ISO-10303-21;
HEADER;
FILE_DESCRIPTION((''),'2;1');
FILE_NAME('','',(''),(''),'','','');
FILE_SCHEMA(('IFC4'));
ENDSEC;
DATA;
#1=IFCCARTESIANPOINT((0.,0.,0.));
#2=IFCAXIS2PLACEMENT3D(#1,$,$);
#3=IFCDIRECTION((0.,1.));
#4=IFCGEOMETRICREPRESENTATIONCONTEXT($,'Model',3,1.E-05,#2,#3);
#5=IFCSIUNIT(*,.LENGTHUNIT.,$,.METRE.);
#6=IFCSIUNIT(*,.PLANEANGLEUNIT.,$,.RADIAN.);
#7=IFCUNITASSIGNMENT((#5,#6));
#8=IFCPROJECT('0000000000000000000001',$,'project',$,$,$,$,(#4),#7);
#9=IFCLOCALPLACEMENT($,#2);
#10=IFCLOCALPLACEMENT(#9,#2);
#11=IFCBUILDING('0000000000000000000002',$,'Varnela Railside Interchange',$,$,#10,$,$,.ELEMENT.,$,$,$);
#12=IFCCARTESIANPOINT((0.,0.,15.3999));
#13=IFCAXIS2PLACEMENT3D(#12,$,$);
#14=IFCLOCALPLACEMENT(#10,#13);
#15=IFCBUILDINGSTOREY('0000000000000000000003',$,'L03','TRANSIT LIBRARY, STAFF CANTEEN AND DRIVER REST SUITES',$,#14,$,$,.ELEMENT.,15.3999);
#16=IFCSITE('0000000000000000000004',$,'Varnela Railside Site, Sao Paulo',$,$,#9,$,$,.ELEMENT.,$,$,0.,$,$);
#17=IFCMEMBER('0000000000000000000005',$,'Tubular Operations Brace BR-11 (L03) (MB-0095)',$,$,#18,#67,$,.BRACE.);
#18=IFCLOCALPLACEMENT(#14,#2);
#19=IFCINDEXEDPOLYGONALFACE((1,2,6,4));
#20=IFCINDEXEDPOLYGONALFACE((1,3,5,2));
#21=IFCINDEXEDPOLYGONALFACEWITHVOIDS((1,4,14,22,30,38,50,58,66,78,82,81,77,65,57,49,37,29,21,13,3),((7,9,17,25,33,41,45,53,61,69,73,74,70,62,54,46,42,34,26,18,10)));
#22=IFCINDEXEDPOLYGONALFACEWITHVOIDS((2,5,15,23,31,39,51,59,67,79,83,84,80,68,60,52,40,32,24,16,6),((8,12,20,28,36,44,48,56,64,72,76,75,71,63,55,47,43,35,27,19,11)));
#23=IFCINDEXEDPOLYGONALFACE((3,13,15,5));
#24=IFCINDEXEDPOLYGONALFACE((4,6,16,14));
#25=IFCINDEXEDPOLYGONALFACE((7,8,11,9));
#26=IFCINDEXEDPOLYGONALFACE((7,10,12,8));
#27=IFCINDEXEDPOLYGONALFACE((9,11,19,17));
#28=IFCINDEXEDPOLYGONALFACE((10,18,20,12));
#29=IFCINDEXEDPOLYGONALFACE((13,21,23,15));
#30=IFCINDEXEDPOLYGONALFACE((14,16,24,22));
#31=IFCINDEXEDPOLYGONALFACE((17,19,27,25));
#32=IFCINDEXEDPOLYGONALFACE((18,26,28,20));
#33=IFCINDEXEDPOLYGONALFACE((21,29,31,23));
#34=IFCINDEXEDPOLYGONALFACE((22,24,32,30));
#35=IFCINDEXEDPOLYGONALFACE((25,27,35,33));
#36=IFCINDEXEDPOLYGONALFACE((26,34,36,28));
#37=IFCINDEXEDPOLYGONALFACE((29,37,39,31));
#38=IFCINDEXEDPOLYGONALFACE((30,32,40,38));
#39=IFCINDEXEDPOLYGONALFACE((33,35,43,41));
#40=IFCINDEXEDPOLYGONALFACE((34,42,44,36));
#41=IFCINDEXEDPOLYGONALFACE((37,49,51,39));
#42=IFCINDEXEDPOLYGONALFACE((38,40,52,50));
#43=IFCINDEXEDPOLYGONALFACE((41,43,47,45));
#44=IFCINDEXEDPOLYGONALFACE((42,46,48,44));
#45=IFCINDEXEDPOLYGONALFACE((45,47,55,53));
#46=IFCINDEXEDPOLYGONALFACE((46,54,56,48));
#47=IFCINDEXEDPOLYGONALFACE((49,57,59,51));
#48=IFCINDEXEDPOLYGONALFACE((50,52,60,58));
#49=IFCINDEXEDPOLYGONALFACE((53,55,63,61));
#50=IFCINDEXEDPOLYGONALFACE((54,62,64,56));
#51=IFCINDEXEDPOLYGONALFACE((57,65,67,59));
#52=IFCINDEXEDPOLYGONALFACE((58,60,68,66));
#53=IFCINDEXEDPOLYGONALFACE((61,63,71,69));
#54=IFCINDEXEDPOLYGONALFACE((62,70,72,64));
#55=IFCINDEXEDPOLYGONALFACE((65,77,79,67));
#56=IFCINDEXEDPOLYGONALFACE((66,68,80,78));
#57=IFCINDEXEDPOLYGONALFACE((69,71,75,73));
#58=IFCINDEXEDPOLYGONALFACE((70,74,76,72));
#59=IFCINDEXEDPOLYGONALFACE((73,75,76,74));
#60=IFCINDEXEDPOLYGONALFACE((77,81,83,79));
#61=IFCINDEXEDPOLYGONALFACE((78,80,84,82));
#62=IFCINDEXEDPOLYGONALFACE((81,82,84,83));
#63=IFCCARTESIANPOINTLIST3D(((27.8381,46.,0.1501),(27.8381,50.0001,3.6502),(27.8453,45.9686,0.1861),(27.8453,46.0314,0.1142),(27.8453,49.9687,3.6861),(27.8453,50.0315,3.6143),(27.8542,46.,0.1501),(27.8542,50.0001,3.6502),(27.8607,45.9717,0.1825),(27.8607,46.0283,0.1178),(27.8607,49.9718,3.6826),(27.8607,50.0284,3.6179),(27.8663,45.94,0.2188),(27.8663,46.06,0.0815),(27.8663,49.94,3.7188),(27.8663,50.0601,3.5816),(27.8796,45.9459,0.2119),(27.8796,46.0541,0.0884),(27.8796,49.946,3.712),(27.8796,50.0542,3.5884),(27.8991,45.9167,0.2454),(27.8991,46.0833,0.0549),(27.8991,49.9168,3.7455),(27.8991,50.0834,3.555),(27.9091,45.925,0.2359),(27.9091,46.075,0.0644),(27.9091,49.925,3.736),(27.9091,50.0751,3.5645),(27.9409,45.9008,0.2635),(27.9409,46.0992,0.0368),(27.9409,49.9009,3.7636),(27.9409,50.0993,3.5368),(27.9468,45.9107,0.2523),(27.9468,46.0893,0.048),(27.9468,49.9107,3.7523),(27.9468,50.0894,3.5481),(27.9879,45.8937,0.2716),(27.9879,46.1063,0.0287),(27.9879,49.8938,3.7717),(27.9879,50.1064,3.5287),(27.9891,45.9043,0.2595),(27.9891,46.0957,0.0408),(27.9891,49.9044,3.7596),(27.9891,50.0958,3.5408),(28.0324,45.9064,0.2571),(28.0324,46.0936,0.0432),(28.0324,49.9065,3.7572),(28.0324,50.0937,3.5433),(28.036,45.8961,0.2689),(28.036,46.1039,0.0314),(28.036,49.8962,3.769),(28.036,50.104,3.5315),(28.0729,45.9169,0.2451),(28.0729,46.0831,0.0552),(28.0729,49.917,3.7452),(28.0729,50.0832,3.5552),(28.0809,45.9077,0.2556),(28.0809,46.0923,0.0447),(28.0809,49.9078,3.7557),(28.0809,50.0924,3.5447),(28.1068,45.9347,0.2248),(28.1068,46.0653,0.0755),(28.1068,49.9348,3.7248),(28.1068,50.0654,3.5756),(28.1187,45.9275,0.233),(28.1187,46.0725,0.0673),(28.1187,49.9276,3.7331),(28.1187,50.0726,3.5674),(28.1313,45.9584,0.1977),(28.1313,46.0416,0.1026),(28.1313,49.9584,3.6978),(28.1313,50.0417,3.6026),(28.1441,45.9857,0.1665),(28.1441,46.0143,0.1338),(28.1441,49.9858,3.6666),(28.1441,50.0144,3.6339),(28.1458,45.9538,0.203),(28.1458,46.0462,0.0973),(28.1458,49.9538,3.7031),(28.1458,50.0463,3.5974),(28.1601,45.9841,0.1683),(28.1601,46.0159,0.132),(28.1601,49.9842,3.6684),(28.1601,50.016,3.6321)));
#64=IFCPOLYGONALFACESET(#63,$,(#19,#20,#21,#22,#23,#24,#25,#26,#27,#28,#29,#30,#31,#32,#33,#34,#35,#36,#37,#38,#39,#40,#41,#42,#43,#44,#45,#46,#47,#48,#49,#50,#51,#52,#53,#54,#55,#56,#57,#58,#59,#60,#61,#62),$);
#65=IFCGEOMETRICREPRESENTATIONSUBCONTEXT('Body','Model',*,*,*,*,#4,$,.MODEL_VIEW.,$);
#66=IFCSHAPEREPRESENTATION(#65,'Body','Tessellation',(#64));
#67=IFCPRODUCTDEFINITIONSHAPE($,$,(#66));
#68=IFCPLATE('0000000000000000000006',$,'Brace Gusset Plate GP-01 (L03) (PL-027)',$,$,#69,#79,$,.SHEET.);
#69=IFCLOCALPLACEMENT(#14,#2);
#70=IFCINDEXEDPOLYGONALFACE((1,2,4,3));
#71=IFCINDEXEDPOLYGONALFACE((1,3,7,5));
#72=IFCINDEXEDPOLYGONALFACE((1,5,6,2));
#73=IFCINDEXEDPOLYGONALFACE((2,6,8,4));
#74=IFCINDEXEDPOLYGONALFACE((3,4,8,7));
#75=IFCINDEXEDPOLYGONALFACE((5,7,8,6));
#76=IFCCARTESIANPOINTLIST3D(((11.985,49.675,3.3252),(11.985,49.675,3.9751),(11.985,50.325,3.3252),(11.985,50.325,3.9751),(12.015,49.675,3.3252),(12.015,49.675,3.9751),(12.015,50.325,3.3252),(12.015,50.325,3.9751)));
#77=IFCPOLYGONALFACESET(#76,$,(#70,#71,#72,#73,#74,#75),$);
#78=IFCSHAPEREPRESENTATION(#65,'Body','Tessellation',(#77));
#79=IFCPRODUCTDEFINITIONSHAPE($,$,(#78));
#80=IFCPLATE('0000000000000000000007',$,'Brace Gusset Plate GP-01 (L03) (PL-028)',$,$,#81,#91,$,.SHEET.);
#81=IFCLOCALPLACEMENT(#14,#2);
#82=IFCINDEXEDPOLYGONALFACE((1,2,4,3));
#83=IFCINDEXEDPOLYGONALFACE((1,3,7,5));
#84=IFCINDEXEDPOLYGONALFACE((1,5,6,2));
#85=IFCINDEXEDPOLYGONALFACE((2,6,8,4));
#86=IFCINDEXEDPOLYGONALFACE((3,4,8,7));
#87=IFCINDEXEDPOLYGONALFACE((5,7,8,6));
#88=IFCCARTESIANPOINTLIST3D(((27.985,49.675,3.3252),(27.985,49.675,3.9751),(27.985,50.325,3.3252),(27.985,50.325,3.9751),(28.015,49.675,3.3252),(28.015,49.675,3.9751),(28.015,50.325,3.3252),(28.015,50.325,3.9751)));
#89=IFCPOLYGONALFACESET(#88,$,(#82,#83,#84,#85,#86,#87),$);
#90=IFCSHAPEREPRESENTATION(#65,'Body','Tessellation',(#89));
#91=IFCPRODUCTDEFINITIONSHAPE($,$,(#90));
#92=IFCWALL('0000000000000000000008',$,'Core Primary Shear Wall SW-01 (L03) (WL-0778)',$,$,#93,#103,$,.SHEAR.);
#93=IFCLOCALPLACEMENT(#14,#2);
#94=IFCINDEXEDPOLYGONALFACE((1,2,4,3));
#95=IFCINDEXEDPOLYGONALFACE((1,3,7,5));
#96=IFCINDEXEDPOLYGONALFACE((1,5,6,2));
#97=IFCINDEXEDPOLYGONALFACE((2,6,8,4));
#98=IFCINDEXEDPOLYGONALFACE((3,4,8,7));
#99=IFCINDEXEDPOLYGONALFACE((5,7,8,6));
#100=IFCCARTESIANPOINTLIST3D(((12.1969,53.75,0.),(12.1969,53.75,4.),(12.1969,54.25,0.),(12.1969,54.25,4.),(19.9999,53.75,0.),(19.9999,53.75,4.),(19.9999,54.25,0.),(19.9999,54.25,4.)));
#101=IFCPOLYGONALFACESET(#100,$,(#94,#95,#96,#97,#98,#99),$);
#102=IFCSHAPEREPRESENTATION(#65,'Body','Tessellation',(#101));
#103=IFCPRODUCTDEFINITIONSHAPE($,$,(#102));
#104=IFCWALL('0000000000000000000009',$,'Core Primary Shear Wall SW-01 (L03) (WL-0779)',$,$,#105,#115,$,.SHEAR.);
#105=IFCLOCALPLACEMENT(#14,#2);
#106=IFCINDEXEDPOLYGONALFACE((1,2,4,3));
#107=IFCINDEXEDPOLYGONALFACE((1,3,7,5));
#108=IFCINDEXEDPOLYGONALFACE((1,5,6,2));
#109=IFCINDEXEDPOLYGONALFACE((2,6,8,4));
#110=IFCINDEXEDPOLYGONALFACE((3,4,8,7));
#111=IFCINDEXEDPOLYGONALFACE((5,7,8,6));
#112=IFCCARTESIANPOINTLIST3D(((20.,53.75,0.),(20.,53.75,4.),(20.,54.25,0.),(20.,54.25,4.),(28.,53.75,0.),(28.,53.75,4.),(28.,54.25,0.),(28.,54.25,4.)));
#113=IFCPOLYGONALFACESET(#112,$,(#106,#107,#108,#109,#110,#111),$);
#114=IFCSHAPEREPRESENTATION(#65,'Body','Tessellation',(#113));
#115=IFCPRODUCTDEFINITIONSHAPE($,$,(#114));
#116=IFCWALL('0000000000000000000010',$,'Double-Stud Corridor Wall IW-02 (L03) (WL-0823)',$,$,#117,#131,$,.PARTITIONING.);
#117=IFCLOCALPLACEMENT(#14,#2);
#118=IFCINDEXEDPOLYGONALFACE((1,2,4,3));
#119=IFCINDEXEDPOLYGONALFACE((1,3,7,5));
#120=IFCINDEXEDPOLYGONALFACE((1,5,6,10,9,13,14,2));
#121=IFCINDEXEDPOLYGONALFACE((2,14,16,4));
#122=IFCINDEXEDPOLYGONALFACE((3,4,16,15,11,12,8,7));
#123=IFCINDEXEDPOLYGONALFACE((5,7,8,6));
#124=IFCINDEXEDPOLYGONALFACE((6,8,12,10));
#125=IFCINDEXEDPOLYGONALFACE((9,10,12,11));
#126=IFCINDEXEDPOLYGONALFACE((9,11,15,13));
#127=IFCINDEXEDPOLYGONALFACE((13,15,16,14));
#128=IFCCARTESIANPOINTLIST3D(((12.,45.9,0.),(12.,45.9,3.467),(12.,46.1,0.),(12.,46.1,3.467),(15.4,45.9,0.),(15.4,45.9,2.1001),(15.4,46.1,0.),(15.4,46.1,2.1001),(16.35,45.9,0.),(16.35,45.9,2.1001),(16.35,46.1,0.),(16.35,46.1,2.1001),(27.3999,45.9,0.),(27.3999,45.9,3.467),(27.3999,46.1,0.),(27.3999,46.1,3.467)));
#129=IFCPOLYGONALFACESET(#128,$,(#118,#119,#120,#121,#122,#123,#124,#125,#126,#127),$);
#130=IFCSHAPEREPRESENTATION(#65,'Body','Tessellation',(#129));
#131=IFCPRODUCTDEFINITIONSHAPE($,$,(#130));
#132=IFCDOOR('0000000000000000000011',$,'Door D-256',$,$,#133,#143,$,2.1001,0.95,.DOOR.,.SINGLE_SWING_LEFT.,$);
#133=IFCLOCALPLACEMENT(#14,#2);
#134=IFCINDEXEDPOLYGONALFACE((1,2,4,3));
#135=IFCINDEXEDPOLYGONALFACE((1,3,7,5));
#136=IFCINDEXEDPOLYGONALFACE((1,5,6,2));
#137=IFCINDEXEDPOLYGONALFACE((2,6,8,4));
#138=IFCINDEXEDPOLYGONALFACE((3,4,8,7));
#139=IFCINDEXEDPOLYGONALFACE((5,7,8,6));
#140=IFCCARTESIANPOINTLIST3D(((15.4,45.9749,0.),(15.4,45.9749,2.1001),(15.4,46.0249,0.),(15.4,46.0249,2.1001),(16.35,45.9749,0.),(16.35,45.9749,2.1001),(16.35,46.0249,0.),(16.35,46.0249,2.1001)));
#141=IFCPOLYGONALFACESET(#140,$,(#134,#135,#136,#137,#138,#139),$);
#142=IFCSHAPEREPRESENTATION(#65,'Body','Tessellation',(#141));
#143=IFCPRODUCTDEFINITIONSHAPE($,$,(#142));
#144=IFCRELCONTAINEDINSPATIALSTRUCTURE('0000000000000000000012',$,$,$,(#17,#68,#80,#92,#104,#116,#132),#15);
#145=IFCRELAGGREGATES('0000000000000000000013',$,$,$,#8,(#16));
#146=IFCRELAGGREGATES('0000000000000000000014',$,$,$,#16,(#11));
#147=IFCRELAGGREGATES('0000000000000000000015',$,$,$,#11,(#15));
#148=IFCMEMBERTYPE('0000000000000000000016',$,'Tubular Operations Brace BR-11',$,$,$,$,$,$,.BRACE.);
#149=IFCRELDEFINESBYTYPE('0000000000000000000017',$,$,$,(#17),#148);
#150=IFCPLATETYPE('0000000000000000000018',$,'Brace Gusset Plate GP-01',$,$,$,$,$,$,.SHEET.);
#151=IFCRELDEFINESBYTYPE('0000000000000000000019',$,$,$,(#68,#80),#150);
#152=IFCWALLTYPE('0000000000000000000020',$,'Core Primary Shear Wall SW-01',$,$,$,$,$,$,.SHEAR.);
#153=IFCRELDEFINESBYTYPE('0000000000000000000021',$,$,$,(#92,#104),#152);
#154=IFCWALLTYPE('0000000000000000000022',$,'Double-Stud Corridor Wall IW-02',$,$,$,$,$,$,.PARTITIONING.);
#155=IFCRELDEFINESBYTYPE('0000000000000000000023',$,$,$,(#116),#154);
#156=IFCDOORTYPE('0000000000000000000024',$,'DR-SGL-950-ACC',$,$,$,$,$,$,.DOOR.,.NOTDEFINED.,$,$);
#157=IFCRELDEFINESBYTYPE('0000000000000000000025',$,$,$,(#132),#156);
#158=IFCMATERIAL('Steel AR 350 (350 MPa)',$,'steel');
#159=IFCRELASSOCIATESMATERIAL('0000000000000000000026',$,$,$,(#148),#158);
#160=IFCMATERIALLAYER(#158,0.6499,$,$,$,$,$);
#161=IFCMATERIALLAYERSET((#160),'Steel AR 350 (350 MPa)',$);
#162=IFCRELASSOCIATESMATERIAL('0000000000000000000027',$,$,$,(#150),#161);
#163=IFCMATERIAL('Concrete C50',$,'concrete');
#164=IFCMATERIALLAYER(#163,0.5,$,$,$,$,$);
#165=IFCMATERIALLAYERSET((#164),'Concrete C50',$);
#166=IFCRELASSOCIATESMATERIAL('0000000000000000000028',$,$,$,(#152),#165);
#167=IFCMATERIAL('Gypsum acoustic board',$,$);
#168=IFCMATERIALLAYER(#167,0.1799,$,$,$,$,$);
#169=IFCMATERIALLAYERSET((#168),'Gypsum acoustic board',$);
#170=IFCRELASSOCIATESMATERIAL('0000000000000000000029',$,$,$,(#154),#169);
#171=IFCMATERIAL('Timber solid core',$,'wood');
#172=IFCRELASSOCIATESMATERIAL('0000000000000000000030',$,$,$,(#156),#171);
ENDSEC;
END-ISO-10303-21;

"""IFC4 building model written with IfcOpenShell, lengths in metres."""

from ifc_helpers import new_model, si_unit, direction, frame, frame_2d, origin, origin_2d, place, context, subcontext, project, spatial, rectangle, hollow_circle, extrude, material, layer, layer_set, material_profile, profile_set, type_object, element, fill, save


model = new_model("IFC4")

# Units and contexts
model_context = context("Model", 3, precision=1e-05, world=origin(), true_north=direction((0.0, 1.0)))
body_context = subcontext(model_context, "Body", "Model", "MODEL_VIEW")
ifc_project = project(units=[si_unit("LENGTHUNIT", "METRE"), si_unit("PLANEANGLEUNIT", "RADIAN")], contexts=[model_context])

# Site, building, storey
site_placement = place(None, origin())
site = spatial("IfcSite", under=ifc_project, at=site_placement, Name="Varnela Railside Site, Sao Paulo", CompositionType="ELEMENT", RefElevation=0.0)
building_placement = place(site_placement, origin())
building = spatial("IfcBuilding", under=site, at=building_placement, Name="Varnela Railside Interchange", CompositionType="ELEMENT")
storey_placement = place(building_placement, frame((0.0, 0.0, 15.3999)))
storey = spatial("IfcBuildingStorey", under=building, at=storey_placement, Name="L03", Description="TRANSIT LIBRARY, STAFF CANTEEN AND DRIVER REST SUITES", CompositionType="ELEMENT", Elevation=15.3999)

# Shared definitions
ifc_material_1 = material(Name="Steel AR 350 (350 MPa)", Category="steel")

# Member
ifc_material_profile_1 = material_profile(ifc_material_1, hollow_circle(Radius=0.1619, WallThickness=0.0161, at=origin_2d()), Name="CHS 323.9x16")
ifc_profile_set_1 = profile_set([ifc_material_profile_1], Name="Steel AR 350 (350 MPa)")
member_type_1 = type_object("IfcMemberType", Name="Tubular Operations Brace BR-11", PredefinedType="BRACE", material=ifc_profile_set_1)
member_placement = place(storey_placement, frame((28.0, 46.0, 0.1501), z_axis=(0.0, 0.752577, 0.658505), x_axis=(-1.0, 0.0, 0.0)))
element("IfcMember", 1, at=member_placement, inside=storey, type_object=member_type_1, Name="Tubular Operations Brace BR-11 (L03) (MB-0095)", PredefinedType="BRACE", context=body_context, shape_type="SweptSolid", body=[
    extrude(hollow_circle(Radius=0.1619, WallThickness=0.0161, at=origin_2d()), origin(), (0.0, 0.0, 1.0), 5.3152),
])

# Plates
ifc_layer_1 = layer(ifc_material_1, 0.6499)
ifc_layer_set_1 = layer_set([ifc_layer_1], Name="Steel AR 350 (350 MPa)")
plate_type = type_object("IfcPlateType", Name="Brace Gusset Plate GP-01", PredefinedType="SHEET", material=ifc_layer_set_1)
for number, where, z_axis, x_axis, name in (
    (2, (12.0, 50.0, 3.3252), (0.0, 0.0, 1.0), (0.0, 1.0, 0.0), "Brace Gusset Plate GP-01 (L03) (PL-027)"),
    (3, (28.0, 50.0, 3.3252), (0.0, 0.0, 1.0), (0.0, 1.0, 0.0), "Brace Gusset Plate GP-01 (L03) (PL-028)"),
):
    element("IfcPlate", number, at=place(storey_placement, frame(where, z_axis=z_axis, x_axis=x_axis)), inside=storey, type_object=plate_type, Name=name, PredefinedType="SHEET", context=body_context, shape_type="SweptSolid", body=[
        extrude(rectangle(XDim=0.6499, YDim=0.03, at=origin_2d()), origin(), (0.0, 0.0, 1.0), 0.6499),
    ])

# Walls
ifc_material_2 = material(Name="Concrete C50", Category="concrete")
ifc_layer_2 = layer(ifc_material_2, 0.5)
ifc_layer_set_2 = layer_set([ifc_layer_2], Name="Concrete C50")
wall_type_1 = type_object("IfcWallType", Name="Core Primary Shear Wall SW-01", PredefinedType="SHEAR", material=ifc_layer_set_2)
wall_1_placement = place(storey_placement, frame((12.197, 54.0, 0.0), z_axis=(0.0, 0.0, 1.0), x_axis=(1.0, 0.0, 0.0)))
element("IfcWall", 4, at=wall_1_placement, inside=storey, type_object=wall_type_1, Name="Core Primary Shear Wall SW-01 (L03) (WL-0778)", PredefinedType="SHEAR", context=body_context, shape_type="SweptSolid", body=[
    extrude(rectangle(XDim=7.803, YDim=0.5, at=frame_2d((3.9014, 0.0))), origin(), (0.0, 0.0, 1.0), 4.0),
])
wall_2_placement = place(storey_placement, frame((20.0, 54.0, 0.0), z_axis=(0.0, 0.0, 1.0), x_axis=(1.0, 0.0, 0.0)))
element("IfcWall", 5, at=wall_2_placement, inside=storey, type_object=wall_type_1, Name="Core Primary Shear Wall SW-01 (L03) (WL-0779)", PredefinedType="SHEAR", context=body_context, shape_type="SweptSolid", body=[
    extrude(rectangle(XDim=8.0, YDim=0.5, at=frame_2d((4.0, 0.0))), origin(), (0.0, 0.0, 1.0), 4.0),
])

# Wall, opening, door
ifc_material_3 = material(Name="Gypsum acoustic board")
ifc_layer_3 = layer(ifc_material_3, 0.1799)
ifc_layer_set_3 = layer_set([ifc_layer_3], Name="Gypsum acoustic board")
wall_type_2 = type_object("IfcWallType", Name="Double-Stud Corridor Wall IW-02", PredefinedType="PARTITIONING", material=ifc_layer_set_3)
wall_3_placement = place(storey_placement, frame((12.0, 46.0, 0.0), z_axis=(0.0, 0.0, 1.0), x_axis=(1.0, 0.0, 0.0)))
wall_3 = element("IfcWall", 6, at=wall_3_placement, inside=storey, type_object=wall_type_2, Name="Double-Stud Corridor Wall IW-02 (L03) (WL-0823)", PredefinedType="PARTITIONING", context=body_context, shape_type="SweptSolid", body=[
    extrude(rectangle(XDim=15.3999, YDim=0.2, at=frame_2d((7.7, 0.0))), origin(), (0.0, 0.0, 1.0), 3.467),
])
opening_placement = place(wall_3_placement, frame((3.3999, 0.0, 0.0)))
opening = element("IfcOpeningElement", 7, at=opening_placement, cuts=wall_3, PredefinedType="OPENING", context=body_context, shape_type="SweptSolid", body=[
    extrude(rectangle(XDim=0.95, YDim=2.1001, at=frame_2d((0.4751, 1.05))), frame((0.0, 0.1099, 0.0), z_axis=(0.0, -1.0, 0.0), x_axis=(1.0, 0.0, 0.0)), (0.0, 0.0, 1.0), 0.22),
])
ifc_material_4 = material(Name="Timber solid core", Category="wood")
door_type = type_object("IfcDoorType", Name="DR-SGL-950-ACC", OperationType="NOTDEFINED", PredefinedType="DOOR", material=ifc_material_4)
door_placement = place(opening_placement, origin())
door = element("IfcDoor", 8, at=door_placement, inside=storey, type_object=door_type, Name="Door D-256", OperationType="SINGLE_SWING_LEFT", OverallHeight=2.1001, OverallWidth=0.95, PredefinedType="DOOR", context=body_context, shape_type="SweptSolid", body=[
    extrude(rectangle(XDim=0.95, YDim=2.1001, at=frame_2d((0.4751, 1.05))), frame((0.0, 0.0249, 0.0), z_axis=(0.0, -1.0, 0.0), x_axis=(1.0, 0.0, 0.0)), (0.0, 0.0, 1.0), 0.05),
])
fill(opening, door)

save(model, "model.ifc")
